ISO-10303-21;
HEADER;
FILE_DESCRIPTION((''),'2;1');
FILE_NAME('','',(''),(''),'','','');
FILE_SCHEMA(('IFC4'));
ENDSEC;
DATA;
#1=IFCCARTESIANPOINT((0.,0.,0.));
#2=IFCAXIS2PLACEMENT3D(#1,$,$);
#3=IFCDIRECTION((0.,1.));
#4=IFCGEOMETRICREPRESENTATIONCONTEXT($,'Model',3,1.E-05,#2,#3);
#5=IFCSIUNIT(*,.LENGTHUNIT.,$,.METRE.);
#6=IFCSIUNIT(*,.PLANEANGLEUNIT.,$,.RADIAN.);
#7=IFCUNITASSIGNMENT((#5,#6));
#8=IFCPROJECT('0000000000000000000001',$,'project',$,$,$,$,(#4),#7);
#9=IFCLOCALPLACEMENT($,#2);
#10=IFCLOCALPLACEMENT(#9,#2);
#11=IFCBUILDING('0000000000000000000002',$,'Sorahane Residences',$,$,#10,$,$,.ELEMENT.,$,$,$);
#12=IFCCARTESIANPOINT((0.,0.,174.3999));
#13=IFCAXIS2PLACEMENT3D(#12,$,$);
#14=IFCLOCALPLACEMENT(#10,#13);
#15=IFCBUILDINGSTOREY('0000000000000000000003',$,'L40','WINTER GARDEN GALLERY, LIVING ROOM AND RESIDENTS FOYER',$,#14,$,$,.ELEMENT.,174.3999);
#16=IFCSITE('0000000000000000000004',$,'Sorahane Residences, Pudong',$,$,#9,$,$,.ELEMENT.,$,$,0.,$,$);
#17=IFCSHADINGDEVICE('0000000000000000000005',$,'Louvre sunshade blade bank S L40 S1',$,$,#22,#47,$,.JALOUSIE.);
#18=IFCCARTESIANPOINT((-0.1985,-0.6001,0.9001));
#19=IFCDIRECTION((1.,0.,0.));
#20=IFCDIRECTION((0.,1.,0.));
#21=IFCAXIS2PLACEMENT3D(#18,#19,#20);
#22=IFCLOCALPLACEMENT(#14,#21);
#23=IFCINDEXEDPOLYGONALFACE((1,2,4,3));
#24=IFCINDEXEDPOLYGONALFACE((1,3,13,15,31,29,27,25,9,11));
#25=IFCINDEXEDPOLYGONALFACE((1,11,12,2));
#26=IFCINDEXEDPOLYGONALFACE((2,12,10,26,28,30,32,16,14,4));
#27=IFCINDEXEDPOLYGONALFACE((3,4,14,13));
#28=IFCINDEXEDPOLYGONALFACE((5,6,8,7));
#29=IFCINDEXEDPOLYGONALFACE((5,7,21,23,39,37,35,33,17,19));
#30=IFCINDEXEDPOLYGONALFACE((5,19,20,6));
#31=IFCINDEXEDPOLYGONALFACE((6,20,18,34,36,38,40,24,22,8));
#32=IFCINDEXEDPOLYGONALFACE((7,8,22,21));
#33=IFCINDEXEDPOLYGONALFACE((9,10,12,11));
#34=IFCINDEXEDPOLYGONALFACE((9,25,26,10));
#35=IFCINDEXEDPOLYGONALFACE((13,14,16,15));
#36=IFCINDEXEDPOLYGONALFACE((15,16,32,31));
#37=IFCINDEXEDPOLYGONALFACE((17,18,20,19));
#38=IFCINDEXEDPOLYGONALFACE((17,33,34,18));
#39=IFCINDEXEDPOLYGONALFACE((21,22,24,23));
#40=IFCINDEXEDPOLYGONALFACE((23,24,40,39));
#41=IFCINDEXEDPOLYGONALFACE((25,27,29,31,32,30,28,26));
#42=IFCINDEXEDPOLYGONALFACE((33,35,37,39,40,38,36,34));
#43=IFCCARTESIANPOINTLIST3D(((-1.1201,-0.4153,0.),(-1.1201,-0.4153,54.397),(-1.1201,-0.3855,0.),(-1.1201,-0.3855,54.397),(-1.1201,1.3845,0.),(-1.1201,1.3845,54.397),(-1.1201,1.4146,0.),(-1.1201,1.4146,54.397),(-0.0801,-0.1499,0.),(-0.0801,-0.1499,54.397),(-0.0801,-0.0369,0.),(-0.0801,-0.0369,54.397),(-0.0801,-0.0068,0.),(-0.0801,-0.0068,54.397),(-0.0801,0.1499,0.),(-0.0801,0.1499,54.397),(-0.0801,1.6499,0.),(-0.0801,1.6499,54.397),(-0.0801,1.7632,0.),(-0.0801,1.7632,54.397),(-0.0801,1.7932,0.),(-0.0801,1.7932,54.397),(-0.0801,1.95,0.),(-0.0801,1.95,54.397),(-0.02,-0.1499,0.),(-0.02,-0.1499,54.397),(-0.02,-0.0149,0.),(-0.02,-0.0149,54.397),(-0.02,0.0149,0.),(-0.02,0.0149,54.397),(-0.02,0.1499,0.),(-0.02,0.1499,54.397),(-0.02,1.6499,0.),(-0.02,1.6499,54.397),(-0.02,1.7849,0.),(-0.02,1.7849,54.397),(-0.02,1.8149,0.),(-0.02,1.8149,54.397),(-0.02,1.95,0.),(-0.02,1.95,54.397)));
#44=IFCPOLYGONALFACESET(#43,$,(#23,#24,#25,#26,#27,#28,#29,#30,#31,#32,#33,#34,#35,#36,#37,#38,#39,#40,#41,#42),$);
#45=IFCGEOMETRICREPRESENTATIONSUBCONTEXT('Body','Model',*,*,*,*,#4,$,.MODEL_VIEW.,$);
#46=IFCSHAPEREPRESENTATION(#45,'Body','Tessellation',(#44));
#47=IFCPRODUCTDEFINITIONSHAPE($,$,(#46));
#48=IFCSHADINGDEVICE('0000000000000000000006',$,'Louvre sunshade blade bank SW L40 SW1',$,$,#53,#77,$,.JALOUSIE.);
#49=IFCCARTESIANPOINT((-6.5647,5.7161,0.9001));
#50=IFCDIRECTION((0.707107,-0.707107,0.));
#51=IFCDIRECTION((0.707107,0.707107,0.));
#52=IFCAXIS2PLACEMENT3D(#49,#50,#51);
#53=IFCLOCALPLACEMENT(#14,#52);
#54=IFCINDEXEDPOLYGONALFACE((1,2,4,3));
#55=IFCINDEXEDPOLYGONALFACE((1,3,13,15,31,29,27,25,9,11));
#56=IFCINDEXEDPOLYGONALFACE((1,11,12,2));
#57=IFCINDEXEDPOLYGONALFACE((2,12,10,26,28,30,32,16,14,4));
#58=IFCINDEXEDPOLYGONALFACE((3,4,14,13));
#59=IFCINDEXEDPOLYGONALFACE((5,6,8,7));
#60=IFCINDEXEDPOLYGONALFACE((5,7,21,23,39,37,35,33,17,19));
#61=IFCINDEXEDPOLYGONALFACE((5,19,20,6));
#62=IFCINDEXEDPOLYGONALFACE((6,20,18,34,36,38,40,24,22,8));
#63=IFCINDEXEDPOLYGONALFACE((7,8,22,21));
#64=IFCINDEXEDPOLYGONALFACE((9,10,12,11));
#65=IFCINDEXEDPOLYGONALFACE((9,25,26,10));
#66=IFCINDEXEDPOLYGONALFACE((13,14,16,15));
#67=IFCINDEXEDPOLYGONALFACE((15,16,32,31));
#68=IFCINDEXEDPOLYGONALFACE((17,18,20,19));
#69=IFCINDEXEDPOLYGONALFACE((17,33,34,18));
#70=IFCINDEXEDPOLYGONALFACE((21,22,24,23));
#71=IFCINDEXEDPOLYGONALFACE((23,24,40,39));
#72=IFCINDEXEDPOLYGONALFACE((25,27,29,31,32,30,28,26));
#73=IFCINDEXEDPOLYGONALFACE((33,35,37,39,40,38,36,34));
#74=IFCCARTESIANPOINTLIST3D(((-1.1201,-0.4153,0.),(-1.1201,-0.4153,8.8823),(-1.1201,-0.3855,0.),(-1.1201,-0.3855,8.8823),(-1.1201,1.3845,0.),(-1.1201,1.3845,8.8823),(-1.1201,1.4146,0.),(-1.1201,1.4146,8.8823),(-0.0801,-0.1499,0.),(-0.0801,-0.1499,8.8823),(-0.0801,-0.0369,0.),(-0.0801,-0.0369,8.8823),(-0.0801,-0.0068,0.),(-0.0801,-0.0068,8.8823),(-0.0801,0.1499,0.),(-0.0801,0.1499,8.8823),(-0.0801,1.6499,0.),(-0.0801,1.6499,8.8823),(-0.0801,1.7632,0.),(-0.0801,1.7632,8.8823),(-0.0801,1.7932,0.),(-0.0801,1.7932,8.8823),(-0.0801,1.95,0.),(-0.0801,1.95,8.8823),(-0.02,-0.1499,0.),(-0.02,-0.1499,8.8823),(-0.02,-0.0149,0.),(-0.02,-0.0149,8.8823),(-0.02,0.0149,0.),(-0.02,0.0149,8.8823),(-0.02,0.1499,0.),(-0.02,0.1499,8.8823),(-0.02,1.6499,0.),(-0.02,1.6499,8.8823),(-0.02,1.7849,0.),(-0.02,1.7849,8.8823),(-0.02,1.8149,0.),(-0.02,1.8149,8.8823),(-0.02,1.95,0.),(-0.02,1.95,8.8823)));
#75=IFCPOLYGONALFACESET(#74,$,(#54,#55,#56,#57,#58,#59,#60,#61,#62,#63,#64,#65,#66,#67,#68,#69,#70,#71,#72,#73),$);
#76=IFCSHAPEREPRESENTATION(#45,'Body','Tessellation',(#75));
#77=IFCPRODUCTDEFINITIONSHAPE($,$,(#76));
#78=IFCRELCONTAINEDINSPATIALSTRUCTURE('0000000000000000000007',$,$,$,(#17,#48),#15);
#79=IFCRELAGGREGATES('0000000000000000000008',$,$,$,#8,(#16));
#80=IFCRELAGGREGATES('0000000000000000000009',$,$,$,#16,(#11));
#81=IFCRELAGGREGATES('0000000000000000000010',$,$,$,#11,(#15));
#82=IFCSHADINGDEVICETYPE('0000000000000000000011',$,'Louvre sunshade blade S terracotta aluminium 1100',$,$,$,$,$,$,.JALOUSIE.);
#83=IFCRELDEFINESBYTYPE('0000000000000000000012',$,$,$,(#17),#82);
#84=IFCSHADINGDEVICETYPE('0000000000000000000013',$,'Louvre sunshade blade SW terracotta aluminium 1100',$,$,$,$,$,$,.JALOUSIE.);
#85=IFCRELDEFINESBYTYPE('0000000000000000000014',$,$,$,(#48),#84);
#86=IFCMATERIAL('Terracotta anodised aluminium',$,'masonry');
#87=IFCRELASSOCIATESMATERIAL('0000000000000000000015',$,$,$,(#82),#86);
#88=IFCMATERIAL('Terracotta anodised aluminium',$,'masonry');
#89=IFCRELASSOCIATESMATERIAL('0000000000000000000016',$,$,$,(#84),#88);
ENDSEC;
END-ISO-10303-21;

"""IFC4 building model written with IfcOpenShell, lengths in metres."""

from ifc_helpers import new_model, si_unit, direction, frame, origin, place, context, subcontext, project, spatial, polyline, outline, composite_profile, extrude, material, type_object, element, save


model = new_model("IFC4")

# Units and contexts
model_context = context("Model", 3, precision=1e-05, world=origin(), true_north=direction((0.0, 1.0)))
body_context = subcontext(model_context, "Body", "Model", "MODEL_VIEW")
ifc_project = project(units=[si_unit("LENGTHUNIT", "METRE"), si_unit("PLANEANGLEUNIT", "RADIAN")], contexts=[model_context])

# Site, building, storey
site_placement = place(None, origin())
site = spatial("IfcSite", under=ifc_project, at=site_placement, Name="Sorahane Residences, Pudong", CompositionType="ELEMENT", RefElevation=0.0)
building_placement = place(site_placement, origin())
building = spatial("IfcBuilding", under=site, at=building_placement, Name="Sorahane Residences", CompositionType="ELEMENT")
storey_placement = place(building_placement, frame((0.0, 0.0, 174.3999)))
storey = spatial("IfcBuildingStorey", under=building, at=storey_placement, Name="L40", Description="WINTER GARDEN GALLERY, LIVING ROOM AND RESIDENTS FOYER", CompositionType="ELEMENT", Elevation=174.3999)

# Shading devices
ifc_material_1 = material(Name="Terracotta anodised aluminium", Category="masonry")
shading_device_type_1 = type_object("IfcShadingDeviceType", Name="Louvre sunshade blade S terracotta aluminium 1100", PredefinedType="JALOUSIE", material=ifc_material_1)
shading_device_1_placement = place(storey_placement, frame((-0.1985, -0.6001, 0.9001), z_axis=(1.0, 0.0, 0.0), x_axis=(0.0, 1.0, 0.0)))
element("IfcShadingDevice", 1, at=shading_device_1_placement, inside=storey, type_object=shading_device_type_1, Name="Louvre sunshade blade bank S L40 S1", PredefinedType="JALOUSIE", context=body_context, shape_type="SweptSolid", body=[
    extrude(composite_profile([outline(polyline([(-1.1201, -0.3855), (-1.1201, -0.4153), (-0.0801, -0.0369), (-0.0801, -0.1499), (-0.02, -0.1499), (-0.02, -0.0149), (-0.02, 0.0149), (-0.02, 0.1499), (-0.0801, 0.1499), (-0.0801, -0.0068), (-1.1201, -0.3855)])), outline(polyline([(-1.1201, 1.4146), (-1.1201, 1.3845), (-0.0801, 1.7632), (-0.0801, 1.6499), (-0.02, 1.6499), (-0.02, 1.7849), (-0.02, 1.8149), (-0.02, 1.95), (-0.0801, 1.95), (-0.0801, 1.7932), (-1.1201, 1.4146)]))]), origin(), (0.0, 0.0, 1.0), 54.397),
])
ifc_material_2 = material(Name="Terracotta anodised aluminium", Category="masonry")
shading_device_type_2 = type_object("IfcShadingDeviceType", Name="Louvre sunshade blade SW terracotta aluminium 1100", PredefinedType="JALOUSIE", material=ifc_material_2)
shading_device_2_placement = place(storey_placement, frame((-6.5647, 5.7161, 0.9001), z_axis=(0.707107, -0.707107, 0.0), x_axis=(0.707107, 0.707107, 0.0)))
element("IfcShadingDevice", 2, at=shading_device_2_placement, inside=storey, type_object=shading_device_type_2, Name="Louvre sunshade blade bank SW L40 SW1", PredefinedType="JALOUSIE", context=body_context, shape_type="SweptSolid", body=[
    extrude(composite_profile([outline(polyline([(-1.1201, -0.3855), (-1.1201, -0.4153), (-0.0801, -0.0369), (-0.0801, -0.1499), (-0.02, -0.1499), (-0.02, -0.0149), (-0.02, 0.0149), (-0.02, 0.1499), (-0.0801, 0.1499), (-0.0801, -0.0068), (-1.1201, -0.3855)])), outline(polyline([(-1.1201, 1.4146), (-1.1201, 1.3845), (-0.0801, 1.7632), (-0.0801, 1.6499), (-0.02, 1.6499), (-0.02, 1.7849), (-0.02, 1.8149), (-0.02, 1.95), (-0.0801, 1.95), (-0.0801, 1.7932), (-1.1201, 1.4146)]))]), origin(), (0.0, 0.0, 1.0), 8.8823),
])

save(model, "model.ifc")
